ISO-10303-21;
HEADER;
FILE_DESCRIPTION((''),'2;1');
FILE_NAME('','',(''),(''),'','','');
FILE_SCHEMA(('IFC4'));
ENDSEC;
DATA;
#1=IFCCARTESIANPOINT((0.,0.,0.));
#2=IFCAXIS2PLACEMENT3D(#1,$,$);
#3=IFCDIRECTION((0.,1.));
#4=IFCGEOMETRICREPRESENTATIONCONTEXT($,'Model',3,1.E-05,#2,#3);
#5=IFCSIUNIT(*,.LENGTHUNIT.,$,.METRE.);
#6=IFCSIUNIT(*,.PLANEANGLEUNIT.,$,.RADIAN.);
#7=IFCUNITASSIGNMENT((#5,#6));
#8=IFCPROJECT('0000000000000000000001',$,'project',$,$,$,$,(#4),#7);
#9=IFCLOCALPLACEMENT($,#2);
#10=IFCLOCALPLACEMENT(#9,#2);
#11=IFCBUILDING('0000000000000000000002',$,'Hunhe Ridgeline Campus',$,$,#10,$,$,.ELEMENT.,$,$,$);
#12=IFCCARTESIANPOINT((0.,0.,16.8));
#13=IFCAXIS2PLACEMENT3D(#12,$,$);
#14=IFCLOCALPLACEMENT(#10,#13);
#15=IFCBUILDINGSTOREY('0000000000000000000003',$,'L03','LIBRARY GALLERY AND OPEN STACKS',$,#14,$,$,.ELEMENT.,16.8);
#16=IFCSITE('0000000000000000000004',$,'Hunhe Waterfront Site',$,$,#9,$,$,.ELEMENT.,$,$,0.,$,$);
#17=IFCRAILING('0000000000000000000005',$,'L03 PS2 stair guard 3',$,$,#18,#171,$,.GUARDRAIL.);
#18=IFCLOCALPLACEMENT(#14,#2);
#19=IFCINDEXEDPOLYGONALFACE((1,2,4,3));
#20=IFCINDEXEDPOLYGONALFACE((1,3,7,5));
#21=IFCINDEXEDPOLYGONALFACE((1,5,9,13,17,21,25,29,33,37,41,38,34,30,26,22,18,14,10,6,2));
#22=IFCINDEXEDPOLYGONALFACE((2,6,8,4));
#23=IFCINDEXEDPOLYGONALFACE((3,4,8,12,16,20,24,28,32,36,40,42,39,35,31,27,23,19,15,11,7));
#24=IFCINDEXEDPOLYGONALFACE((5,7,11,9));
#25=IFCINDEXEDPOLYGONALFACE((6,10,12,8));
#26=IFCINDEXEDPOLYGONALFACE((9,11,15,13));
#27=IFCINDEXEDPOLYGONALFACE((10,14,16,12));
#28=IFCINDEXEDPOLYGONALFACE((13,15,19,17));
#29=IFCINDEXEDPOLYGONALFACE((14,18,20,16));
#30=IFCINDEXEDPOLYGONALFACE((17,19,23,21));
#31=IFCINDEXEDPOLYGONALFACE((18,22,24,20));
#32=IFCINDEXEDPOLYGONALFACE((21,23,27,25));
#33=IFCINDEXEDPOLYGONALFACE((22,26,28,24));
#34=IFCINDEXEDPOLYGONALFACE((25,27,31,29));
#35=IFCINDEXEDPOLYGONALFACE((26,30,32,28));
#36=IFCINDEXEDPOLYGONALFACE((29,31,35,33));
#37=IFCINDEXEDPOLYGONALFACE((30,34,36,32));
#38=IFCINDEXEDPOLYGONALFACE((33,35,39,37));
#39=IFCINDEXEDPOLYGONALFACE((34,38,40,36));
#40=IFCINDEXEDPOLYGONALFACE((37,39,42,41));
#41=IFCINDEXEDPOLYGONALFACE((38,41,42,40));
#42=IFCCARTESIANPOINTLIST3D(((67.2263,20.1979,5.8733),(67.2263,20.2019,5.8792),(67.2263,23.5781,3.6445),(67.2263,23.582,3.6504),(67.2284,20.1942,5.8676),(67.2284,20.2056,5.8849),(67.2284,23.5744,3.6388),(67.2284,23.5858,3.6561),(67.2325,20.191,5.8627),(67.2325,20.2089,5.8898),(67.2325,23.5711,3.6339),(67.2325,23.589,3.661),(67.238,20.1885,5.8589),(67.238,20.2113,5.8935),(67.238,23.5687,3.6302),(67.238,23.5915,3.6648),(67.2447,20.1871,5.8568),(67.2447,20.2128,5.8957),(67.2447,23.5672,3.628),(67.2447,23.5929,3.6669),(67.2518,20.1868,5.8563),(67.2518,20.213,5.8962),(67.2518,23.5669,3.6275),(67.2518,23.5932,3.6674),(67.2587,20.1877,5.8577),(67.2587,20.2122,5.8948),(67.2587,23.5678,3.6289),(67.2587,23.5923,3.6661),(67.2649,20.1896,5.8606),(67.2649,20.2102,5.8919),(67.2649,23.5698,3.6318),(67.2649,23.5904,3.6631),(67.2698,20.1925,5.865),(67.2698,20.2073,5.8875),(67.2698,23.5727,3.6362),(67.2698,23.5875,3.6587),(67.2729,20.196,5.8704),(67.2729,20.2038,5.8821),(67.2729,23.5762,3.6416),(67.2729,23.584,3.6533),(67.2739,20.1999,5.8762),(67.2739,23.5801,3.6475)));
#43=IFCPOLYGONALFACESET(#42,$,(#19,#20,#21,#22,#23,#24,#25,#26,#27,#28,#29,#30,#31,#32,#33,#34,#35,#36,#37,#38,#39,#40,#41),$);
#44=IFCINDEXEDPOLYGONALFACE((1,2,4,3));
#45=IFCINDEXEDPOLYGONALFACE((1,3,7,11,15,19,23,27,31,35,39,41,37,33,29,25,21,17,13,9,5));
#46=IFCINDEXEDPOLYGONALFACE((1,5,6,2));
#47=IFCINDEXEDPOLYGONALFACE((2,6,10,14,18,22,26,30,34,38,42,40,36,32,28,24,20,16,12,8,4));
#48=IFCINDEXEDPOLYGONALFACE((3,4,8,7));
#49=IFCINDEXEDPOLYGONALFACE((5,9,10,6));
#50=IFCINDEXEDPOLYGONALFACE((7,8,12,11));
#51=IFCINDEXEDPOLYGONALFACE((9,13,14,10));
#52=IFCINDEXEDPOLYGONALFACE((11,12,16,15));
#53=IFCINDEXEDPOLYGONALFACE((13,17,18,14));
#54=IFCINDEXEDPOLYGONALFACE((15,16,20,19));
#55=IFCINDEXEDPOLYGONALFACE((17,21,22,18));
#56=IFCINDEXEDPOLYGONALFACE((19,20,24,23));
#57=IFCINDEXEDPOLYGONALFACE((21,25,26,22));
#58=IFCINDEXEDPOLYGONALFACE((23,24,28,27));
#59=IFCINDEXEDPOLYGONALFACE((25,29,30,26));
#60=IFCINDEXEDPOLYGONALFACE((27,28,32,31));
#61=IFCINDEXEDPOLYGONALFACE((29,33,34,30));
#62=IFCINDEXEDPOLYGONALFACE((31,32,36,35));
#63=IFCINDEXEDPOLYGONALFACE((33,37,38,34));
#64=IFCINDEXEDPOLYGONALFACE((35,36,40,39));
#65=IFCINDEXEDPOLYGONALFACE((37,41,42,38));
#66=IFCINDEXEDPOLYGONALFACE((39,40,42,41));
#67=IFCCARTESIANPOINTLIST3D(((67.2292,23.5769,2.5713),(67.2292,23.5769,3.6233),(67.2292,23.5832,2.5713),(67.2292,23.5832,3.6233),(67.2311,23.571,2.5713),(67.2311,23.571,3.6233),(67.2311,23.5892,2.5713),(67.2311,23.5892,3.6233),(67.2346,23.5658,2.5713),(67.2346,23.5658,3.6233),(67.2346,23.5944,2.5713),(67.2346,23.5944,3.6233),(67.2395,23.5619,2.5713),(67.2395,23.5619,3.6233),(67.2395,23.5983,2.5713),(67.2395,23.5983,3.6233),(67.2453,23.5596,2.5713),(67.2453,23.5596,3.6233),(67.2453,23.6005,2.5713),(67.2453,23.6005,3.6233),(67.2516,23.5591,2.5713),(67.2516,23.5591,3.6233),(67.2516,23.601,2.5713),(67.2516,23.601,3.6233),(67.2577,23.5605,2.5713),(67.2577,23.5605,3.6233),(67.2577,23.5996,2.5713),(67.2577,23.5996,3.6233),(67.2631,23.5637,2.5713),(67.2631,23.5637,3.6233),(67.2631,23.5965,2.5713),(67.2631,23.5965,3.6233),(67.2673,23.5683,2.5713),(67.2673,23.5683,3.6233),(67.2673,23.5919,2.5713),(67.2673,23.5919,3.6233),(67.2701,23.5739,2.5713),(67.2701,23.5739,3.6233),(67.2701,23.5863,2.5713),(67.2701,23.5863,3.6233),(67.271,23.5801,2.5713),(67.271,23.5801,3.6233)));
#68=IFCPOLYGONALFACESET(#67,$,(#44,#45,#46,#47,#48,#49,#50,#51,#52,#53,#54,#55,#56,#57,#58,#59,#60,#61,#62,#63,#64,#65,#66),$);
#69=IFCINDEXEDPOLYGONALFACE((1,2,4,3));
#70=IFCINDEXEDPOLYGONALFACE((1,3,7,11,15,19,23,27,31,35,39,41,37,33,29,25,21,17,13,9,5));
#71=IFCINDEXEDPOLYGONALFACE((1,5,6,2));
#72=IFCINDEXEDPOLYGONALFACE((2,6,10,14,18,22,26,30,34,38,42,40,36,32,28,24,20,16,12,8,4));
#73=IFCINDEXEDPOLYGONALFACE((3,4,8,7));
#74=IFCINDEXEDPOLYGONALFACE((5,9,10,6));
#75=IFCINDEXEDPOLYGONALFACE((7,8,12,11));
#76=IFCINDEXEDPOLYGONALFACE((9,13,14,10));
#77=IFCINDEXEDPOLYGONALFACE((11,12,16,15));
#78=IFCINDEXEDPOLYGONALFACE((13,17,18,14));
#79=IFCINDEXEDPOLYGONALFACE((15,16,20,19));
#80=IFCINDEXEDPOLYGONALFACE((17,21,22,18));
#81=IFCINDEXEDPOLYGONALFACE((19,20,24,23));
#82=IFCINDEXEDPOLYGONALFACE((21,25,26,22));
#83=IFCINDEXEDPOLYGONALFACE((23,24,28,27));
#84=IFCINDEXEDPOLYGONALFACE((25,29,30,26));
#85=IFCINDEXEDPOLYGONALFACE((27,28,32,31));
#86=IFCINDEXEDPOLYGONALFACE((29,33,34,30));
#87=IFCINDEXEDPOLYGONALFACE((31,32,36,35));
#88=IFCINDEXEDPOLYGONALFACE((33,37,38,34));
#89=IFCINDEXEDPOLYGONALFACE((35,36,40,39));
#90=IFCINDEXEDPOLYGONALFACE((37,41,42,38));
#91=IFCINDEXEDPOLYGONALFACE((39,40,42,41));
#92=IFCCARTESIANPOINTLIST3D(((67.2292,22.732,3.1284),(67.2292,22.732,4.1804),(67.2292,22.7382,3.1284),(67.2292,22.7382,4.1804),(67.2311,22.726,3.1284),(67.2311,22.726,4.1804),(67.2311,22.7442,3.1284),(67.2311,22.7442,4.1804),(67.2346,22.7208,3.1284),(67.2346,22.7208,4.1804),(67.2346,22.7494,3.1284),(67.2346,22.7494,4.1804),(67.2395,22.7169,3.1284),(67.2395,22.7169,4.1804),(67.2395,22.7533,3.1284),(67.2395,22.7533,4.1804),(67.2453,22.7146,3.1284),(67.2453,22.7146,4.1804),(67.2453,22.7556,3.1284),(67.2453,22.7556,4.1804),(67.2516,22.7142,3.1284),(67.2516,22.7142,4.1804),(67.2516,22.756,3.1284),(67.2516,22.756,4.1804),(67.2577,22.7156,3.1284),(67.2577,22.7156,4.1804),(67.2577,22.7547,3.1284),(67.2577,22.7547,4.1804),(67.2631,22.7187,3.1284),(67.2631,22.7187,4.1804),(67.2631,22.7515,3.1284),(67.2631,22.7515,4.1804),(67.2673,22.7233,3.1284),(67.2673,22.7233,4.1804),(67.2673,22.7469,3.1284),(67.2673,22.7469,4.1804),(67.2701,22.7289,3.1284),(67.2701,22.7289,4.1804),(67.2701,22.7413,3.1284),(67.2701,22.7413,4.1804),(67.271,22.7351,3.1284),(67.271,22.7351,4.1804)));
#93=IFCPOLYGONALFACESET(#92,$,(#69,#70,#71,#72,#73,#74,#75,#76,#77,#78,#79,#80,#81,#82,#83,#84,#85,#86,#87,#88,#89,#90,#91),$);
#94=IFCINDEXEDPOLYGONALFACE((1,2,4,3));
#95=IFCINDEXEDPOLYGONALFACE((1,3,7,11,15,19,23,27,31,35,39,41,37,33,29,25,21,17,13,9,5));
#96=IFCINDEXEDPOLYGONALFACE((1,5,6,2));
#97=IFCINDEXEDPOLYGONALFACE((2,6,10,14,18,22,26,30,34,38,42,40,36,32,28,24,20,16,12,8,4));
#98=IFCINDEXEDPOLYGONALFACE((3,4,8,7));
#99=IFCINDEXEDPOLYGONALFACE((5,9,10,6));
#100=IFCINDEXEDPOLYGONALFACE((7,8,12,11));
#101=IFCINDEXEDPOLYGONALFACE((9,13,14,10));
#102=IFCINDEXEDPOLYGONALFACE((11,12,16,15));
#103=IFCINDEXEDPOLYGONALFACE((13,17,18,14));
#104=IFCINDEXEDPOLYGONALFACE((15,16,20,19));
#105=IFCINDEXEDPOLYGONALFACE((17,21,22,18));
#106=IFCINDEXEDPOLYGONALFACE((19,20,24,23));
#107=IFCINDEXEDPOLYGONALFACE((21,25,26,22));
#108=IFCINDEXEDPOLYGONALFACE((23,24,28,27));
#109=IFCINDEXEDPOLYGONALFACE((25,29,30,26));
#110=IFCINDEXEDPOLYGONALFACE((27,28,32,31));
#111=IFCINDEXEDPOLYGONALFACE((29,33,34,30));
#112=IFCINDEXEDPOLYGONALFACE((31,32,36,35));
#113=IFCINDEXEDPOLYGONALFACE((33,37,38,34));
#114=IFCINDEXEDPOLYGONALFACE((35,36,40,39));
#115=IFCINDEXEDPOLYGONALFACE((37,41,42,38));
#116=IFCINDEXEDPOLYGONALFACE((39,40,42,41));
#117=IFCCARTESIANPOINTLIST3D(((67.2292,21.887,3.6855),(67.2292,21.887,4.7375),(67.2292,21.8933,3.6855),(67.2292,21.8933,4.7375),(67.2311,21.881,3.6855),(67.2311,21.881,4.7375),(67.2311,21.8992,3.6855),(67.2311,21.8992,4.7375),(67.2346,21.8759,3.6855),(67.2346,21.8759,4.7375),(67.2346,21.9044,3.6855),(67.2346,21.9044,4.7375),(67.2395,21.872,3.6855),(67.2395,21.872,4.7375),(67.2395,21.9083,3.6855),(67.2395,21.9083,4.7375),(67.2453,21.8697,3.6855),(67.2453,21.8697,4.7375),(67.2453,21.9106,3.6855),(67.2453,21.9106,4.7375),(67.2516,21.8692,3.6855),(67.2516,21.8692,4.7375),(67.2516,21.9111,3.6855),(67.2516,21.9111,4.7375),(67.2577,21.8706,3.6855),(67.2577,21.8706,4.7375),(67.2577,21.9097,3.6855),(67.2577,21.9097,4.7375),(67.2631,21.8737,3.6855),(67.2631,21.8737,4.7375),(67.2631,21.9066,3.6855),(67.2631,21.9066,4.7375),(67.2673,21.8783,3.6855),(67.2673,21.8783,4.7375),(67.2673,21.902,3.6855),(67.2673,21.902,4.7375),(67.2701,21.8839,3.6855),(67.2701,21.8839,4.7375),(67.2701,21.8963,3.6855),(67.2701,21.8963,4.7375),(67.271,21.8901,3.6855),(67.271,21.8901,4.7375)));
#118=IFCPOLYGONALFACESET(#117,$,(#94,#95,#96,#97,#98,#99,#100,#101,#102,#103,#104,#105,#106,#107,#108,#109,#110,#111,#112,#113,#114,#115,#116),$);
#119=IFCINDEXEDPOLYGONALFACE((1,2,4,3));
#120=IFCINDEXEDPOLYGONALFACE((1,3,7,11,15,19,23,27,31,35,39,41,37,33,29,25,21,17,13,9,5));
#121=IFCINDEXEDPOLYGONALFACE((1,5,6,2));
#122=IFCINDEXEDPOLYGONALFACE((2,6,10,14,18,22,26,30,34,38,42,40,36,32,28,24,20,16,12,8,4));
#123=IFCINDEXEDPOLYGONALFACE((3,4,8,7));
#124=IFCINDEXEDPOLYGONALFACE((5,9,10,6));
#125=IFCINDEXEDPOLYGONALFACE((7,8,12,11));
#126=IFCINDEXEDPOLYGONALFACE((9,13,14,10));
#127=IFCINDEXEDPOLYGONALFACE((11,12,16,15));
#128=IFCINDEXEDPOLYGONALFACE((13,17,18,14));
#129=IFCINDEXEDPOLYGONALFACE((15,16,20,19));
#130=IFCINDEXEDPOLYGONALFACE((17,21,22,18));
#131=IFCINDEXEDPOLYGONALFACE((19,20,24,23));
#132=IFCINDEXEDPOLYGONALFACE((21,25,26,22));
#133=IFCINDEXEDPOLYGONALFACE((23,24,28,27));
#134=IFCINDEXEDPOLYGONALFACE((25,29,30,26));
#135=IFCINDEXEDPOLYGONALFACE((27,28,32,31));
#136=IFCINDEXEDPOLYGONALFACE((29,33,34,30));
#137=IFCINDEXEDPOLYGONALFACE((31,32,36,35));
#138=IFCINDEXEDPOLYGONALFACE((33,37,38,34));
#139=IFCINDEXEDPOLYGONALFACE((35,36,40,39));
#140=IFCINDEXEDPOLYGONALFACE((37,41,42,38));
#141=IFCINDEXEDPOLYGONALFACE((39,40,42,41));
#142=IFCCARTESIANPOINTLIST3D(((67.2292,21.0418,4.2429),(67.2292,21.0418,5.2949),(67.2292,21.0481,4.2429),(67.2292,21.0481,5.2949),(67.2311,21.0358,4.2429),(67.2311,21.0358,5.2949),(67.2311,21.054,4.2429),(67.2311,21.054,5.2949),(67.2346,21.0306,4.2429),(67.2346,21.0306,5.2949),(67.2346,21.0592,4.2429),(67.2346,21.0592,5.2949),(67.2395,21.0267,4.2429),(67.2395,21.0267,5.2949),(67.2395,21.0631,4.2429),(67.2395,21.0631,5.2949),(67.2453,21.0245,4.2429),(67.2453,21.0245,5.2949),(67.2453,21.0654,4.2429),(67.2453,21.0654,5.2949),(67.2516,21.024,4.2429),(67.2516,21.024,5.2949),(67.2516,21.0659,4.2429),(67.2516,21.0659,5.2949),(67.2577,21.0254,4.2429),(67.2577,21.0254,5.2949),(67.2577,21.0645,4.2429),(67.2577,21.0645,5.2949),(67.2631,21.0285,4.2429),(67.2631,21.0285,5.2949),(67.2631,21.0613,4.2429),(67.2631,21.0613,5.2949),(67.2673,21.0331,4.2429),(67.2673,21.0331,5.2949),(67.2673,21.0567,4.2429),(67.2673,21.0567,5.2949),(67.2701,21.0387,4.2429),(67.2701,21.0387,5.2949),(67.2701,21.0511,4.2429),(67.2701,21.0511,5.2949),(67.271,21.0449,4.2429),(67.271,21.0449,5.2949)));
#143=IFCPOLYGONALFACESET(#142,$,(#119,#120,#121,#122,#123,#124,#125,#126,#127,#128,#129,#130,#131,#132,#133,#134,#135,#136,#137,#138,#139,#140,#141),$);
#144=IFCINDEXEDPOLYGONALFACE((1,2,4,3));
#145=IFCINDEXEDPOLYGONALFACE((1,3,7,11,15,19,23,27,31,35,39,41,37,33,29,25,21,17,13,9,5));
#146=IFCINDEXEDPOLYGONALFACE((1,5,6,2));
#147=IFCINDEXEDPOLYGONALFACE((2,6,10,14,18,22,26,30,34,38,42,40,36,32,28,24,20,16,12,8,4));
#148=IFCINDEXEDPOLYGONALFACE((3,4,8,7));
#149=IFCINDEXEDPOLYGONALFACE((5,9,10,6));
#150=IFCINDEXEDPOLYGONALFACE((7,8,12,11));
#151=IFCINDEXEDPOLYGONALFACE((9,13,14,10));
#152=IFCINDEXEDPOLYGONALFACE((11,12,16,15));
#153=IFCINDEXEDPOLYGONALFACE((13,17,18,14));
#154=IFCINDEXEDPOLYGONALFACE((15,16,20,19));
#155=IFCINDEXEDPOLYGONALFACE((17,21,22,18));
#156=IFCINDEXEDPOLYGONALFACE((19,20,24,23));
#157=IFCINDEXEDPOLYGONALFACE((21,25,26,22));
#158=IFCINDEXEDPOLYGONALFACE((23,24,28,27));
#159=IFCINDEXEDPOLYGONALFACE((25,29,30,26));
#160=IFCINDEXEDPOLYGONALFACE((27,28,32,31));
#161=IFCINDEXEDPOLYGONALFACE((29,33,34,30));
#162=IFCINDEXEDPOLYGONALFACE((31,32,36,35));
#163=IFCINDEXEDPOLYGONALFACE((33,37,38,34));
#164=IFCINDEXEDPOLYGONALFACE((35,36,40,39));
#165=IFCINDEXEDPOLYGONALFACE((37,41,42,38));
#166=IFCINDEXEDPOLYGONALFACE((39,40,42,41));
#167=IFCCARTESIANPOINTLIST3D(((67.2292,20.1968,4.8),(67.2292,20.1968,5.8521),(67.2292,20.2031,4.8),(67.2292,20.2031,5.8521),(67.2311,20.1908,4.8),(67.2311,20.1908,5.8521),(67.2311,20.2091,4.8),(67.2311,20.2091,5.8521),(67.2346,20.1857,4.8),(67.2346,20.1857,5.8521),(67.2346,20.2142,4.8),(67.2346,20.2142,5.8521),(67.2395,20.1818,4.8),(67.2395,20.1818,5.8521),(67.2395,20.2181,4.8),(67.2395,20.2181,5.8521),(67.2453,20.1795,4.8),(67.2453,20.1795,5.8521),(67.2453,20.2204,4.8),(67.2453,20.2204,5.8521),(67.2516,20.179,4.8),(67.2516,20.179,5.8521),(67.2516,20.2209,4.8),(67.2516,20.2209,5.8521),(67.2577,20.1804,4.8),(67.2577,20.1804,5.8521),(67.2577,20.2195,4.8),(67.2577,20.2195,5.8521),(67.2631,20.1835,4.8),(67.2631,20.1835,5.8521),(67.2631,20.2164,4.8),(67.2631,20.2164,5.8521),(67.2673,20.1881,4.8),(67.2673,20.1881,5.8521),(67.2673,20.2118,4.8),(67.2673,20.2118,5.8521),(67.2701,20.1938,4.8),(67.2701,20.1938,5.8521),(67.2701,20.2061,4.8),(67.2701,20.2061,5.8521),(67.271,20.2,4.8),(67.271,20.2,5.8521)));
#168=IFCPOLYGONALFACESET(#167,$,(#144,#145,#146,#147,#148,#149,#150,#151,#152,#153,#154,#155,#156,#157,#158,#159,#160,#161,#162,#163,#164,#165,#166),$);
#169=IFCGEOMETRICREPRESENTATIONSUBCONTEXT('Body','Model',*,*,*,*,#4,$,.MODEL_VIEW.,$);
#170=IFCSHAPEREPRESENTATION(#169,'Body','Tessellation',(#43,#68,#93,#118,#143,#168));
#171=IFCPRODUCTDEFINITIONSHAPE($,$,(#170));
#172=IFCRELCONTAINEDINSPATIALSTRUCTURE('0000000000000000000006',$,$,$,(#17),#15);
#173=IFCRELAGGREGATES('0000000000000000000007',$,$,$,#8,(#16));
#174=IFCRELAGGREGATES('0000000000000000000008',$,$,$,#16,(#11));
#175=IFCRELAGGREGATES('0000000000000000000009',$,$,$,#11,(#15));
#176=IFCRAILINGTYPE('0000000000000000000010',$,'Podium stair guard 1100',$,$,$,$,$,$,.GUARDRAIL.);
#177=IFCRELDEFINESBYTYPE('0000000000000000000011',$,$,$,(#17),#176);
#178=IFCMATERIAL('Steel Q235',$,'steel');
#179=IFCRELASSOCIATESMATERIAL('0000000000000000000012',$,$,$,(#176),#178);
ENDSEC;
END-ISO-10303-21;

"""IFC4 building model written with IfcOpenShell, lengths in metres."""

from ifc_helpers import new_model, si_unit, direction, frame, origin, origin_2d, place, context, subcontext, project, spatial, circle, extrude, material, type_object, element, save


model = new_model("IFC4")

# Units and contexts
model_context = context("Model", 3, precision=1e-05, world=origin(), true_north=direction((0.0, 1.0)))
body_context = subcontext(model_context, "Body", "Model", "MODEL_VIEW")
ifc_project = project(units=[si_unit("LENGTHUNIT", "METRE"), si_unit("PLANEANGLEUNIT", "RADIAN")], contexts=[model_context])

# Site, building, storey
site_placement = place(None, origin())
site = spatial("IfcSite", under=ifc_project, at=site_placement, Name="Hunhe Waterfront Site", CompositionType="ELEMENT", RefElevation=0.0)
building_placement = place(site_placement, origin())
building = spatial("IfcBuilding", under=site, at=building_placement, Name="Hunhe Ridgeline Campus", CompositionType="ELEMENT")
storey_placement = place(building_placement, frame((0.0, 0.0, 16.8)))
storey = spatial("IfcBuildingStorey", under=building, at=storey_placement, Name="L03", Description="LIBRARY GALLERY AND OPEN STACKS", CompositionType="ELEMENT", Elevation=16.8)

# Railing
ifc_material_1 = material(Name="Steel Q235", Category="steel")
railing_type_1 = type_object("IfcRailingType", Name="Podium stair guard 1100", PredefinedType="GUARDRAIL", material=ifc_material_1)
railing_1_placement = place(storey_placement, frame((67.25, 23.5801, 2.5713)))
element("IfcRailing", 1, at=railing_1_placement, inside=storey, type_object=railing_type_1, Name="L03 PS2 stair guard 3", PredefinedType="GUARDRAIL", context=body_context, shape_type="SweptSolid", body=[
    extrude(circle(Radius=0.0239, at=origin_2d()), frame((0.0, 0.0, 1.0762), z_axis=(0.0, -0.834851, 0.550477), x_axis=(1.0, 0.0, 0.0)), (0.0, 0.0, 1.0), 4.0488),
    extrude(circle(Radius=0.021, at=origin_2d()), origin(), (0.0, 0.0, 1.0), 1.052),
    extrude(circle(Radius=0.021, at=origin_2d()), frame((0.0, -0.845, 0.5571)), (0.0, 0.0, 1.0), 1.052),
    extrude(circle(Radius=0.021, at=origin_2d()), frame((0.0, -1.6899, 1.1143)), (0.0, 0.0, 1.0), 1.052),
    extrude(circle(Radius=0.021, at=origin_2d()), frame((0.0, -2.5352, 1.6716)), (0.0, 0.0, 1.0), 1.052),
    extrude(circle(Radius=0.021, at=origin_2d()), frame((0.0, -3.3801, 2.2288)), (0.0, 0.0, 1.0), 1.052),
])

save(model, "model.ifc")
